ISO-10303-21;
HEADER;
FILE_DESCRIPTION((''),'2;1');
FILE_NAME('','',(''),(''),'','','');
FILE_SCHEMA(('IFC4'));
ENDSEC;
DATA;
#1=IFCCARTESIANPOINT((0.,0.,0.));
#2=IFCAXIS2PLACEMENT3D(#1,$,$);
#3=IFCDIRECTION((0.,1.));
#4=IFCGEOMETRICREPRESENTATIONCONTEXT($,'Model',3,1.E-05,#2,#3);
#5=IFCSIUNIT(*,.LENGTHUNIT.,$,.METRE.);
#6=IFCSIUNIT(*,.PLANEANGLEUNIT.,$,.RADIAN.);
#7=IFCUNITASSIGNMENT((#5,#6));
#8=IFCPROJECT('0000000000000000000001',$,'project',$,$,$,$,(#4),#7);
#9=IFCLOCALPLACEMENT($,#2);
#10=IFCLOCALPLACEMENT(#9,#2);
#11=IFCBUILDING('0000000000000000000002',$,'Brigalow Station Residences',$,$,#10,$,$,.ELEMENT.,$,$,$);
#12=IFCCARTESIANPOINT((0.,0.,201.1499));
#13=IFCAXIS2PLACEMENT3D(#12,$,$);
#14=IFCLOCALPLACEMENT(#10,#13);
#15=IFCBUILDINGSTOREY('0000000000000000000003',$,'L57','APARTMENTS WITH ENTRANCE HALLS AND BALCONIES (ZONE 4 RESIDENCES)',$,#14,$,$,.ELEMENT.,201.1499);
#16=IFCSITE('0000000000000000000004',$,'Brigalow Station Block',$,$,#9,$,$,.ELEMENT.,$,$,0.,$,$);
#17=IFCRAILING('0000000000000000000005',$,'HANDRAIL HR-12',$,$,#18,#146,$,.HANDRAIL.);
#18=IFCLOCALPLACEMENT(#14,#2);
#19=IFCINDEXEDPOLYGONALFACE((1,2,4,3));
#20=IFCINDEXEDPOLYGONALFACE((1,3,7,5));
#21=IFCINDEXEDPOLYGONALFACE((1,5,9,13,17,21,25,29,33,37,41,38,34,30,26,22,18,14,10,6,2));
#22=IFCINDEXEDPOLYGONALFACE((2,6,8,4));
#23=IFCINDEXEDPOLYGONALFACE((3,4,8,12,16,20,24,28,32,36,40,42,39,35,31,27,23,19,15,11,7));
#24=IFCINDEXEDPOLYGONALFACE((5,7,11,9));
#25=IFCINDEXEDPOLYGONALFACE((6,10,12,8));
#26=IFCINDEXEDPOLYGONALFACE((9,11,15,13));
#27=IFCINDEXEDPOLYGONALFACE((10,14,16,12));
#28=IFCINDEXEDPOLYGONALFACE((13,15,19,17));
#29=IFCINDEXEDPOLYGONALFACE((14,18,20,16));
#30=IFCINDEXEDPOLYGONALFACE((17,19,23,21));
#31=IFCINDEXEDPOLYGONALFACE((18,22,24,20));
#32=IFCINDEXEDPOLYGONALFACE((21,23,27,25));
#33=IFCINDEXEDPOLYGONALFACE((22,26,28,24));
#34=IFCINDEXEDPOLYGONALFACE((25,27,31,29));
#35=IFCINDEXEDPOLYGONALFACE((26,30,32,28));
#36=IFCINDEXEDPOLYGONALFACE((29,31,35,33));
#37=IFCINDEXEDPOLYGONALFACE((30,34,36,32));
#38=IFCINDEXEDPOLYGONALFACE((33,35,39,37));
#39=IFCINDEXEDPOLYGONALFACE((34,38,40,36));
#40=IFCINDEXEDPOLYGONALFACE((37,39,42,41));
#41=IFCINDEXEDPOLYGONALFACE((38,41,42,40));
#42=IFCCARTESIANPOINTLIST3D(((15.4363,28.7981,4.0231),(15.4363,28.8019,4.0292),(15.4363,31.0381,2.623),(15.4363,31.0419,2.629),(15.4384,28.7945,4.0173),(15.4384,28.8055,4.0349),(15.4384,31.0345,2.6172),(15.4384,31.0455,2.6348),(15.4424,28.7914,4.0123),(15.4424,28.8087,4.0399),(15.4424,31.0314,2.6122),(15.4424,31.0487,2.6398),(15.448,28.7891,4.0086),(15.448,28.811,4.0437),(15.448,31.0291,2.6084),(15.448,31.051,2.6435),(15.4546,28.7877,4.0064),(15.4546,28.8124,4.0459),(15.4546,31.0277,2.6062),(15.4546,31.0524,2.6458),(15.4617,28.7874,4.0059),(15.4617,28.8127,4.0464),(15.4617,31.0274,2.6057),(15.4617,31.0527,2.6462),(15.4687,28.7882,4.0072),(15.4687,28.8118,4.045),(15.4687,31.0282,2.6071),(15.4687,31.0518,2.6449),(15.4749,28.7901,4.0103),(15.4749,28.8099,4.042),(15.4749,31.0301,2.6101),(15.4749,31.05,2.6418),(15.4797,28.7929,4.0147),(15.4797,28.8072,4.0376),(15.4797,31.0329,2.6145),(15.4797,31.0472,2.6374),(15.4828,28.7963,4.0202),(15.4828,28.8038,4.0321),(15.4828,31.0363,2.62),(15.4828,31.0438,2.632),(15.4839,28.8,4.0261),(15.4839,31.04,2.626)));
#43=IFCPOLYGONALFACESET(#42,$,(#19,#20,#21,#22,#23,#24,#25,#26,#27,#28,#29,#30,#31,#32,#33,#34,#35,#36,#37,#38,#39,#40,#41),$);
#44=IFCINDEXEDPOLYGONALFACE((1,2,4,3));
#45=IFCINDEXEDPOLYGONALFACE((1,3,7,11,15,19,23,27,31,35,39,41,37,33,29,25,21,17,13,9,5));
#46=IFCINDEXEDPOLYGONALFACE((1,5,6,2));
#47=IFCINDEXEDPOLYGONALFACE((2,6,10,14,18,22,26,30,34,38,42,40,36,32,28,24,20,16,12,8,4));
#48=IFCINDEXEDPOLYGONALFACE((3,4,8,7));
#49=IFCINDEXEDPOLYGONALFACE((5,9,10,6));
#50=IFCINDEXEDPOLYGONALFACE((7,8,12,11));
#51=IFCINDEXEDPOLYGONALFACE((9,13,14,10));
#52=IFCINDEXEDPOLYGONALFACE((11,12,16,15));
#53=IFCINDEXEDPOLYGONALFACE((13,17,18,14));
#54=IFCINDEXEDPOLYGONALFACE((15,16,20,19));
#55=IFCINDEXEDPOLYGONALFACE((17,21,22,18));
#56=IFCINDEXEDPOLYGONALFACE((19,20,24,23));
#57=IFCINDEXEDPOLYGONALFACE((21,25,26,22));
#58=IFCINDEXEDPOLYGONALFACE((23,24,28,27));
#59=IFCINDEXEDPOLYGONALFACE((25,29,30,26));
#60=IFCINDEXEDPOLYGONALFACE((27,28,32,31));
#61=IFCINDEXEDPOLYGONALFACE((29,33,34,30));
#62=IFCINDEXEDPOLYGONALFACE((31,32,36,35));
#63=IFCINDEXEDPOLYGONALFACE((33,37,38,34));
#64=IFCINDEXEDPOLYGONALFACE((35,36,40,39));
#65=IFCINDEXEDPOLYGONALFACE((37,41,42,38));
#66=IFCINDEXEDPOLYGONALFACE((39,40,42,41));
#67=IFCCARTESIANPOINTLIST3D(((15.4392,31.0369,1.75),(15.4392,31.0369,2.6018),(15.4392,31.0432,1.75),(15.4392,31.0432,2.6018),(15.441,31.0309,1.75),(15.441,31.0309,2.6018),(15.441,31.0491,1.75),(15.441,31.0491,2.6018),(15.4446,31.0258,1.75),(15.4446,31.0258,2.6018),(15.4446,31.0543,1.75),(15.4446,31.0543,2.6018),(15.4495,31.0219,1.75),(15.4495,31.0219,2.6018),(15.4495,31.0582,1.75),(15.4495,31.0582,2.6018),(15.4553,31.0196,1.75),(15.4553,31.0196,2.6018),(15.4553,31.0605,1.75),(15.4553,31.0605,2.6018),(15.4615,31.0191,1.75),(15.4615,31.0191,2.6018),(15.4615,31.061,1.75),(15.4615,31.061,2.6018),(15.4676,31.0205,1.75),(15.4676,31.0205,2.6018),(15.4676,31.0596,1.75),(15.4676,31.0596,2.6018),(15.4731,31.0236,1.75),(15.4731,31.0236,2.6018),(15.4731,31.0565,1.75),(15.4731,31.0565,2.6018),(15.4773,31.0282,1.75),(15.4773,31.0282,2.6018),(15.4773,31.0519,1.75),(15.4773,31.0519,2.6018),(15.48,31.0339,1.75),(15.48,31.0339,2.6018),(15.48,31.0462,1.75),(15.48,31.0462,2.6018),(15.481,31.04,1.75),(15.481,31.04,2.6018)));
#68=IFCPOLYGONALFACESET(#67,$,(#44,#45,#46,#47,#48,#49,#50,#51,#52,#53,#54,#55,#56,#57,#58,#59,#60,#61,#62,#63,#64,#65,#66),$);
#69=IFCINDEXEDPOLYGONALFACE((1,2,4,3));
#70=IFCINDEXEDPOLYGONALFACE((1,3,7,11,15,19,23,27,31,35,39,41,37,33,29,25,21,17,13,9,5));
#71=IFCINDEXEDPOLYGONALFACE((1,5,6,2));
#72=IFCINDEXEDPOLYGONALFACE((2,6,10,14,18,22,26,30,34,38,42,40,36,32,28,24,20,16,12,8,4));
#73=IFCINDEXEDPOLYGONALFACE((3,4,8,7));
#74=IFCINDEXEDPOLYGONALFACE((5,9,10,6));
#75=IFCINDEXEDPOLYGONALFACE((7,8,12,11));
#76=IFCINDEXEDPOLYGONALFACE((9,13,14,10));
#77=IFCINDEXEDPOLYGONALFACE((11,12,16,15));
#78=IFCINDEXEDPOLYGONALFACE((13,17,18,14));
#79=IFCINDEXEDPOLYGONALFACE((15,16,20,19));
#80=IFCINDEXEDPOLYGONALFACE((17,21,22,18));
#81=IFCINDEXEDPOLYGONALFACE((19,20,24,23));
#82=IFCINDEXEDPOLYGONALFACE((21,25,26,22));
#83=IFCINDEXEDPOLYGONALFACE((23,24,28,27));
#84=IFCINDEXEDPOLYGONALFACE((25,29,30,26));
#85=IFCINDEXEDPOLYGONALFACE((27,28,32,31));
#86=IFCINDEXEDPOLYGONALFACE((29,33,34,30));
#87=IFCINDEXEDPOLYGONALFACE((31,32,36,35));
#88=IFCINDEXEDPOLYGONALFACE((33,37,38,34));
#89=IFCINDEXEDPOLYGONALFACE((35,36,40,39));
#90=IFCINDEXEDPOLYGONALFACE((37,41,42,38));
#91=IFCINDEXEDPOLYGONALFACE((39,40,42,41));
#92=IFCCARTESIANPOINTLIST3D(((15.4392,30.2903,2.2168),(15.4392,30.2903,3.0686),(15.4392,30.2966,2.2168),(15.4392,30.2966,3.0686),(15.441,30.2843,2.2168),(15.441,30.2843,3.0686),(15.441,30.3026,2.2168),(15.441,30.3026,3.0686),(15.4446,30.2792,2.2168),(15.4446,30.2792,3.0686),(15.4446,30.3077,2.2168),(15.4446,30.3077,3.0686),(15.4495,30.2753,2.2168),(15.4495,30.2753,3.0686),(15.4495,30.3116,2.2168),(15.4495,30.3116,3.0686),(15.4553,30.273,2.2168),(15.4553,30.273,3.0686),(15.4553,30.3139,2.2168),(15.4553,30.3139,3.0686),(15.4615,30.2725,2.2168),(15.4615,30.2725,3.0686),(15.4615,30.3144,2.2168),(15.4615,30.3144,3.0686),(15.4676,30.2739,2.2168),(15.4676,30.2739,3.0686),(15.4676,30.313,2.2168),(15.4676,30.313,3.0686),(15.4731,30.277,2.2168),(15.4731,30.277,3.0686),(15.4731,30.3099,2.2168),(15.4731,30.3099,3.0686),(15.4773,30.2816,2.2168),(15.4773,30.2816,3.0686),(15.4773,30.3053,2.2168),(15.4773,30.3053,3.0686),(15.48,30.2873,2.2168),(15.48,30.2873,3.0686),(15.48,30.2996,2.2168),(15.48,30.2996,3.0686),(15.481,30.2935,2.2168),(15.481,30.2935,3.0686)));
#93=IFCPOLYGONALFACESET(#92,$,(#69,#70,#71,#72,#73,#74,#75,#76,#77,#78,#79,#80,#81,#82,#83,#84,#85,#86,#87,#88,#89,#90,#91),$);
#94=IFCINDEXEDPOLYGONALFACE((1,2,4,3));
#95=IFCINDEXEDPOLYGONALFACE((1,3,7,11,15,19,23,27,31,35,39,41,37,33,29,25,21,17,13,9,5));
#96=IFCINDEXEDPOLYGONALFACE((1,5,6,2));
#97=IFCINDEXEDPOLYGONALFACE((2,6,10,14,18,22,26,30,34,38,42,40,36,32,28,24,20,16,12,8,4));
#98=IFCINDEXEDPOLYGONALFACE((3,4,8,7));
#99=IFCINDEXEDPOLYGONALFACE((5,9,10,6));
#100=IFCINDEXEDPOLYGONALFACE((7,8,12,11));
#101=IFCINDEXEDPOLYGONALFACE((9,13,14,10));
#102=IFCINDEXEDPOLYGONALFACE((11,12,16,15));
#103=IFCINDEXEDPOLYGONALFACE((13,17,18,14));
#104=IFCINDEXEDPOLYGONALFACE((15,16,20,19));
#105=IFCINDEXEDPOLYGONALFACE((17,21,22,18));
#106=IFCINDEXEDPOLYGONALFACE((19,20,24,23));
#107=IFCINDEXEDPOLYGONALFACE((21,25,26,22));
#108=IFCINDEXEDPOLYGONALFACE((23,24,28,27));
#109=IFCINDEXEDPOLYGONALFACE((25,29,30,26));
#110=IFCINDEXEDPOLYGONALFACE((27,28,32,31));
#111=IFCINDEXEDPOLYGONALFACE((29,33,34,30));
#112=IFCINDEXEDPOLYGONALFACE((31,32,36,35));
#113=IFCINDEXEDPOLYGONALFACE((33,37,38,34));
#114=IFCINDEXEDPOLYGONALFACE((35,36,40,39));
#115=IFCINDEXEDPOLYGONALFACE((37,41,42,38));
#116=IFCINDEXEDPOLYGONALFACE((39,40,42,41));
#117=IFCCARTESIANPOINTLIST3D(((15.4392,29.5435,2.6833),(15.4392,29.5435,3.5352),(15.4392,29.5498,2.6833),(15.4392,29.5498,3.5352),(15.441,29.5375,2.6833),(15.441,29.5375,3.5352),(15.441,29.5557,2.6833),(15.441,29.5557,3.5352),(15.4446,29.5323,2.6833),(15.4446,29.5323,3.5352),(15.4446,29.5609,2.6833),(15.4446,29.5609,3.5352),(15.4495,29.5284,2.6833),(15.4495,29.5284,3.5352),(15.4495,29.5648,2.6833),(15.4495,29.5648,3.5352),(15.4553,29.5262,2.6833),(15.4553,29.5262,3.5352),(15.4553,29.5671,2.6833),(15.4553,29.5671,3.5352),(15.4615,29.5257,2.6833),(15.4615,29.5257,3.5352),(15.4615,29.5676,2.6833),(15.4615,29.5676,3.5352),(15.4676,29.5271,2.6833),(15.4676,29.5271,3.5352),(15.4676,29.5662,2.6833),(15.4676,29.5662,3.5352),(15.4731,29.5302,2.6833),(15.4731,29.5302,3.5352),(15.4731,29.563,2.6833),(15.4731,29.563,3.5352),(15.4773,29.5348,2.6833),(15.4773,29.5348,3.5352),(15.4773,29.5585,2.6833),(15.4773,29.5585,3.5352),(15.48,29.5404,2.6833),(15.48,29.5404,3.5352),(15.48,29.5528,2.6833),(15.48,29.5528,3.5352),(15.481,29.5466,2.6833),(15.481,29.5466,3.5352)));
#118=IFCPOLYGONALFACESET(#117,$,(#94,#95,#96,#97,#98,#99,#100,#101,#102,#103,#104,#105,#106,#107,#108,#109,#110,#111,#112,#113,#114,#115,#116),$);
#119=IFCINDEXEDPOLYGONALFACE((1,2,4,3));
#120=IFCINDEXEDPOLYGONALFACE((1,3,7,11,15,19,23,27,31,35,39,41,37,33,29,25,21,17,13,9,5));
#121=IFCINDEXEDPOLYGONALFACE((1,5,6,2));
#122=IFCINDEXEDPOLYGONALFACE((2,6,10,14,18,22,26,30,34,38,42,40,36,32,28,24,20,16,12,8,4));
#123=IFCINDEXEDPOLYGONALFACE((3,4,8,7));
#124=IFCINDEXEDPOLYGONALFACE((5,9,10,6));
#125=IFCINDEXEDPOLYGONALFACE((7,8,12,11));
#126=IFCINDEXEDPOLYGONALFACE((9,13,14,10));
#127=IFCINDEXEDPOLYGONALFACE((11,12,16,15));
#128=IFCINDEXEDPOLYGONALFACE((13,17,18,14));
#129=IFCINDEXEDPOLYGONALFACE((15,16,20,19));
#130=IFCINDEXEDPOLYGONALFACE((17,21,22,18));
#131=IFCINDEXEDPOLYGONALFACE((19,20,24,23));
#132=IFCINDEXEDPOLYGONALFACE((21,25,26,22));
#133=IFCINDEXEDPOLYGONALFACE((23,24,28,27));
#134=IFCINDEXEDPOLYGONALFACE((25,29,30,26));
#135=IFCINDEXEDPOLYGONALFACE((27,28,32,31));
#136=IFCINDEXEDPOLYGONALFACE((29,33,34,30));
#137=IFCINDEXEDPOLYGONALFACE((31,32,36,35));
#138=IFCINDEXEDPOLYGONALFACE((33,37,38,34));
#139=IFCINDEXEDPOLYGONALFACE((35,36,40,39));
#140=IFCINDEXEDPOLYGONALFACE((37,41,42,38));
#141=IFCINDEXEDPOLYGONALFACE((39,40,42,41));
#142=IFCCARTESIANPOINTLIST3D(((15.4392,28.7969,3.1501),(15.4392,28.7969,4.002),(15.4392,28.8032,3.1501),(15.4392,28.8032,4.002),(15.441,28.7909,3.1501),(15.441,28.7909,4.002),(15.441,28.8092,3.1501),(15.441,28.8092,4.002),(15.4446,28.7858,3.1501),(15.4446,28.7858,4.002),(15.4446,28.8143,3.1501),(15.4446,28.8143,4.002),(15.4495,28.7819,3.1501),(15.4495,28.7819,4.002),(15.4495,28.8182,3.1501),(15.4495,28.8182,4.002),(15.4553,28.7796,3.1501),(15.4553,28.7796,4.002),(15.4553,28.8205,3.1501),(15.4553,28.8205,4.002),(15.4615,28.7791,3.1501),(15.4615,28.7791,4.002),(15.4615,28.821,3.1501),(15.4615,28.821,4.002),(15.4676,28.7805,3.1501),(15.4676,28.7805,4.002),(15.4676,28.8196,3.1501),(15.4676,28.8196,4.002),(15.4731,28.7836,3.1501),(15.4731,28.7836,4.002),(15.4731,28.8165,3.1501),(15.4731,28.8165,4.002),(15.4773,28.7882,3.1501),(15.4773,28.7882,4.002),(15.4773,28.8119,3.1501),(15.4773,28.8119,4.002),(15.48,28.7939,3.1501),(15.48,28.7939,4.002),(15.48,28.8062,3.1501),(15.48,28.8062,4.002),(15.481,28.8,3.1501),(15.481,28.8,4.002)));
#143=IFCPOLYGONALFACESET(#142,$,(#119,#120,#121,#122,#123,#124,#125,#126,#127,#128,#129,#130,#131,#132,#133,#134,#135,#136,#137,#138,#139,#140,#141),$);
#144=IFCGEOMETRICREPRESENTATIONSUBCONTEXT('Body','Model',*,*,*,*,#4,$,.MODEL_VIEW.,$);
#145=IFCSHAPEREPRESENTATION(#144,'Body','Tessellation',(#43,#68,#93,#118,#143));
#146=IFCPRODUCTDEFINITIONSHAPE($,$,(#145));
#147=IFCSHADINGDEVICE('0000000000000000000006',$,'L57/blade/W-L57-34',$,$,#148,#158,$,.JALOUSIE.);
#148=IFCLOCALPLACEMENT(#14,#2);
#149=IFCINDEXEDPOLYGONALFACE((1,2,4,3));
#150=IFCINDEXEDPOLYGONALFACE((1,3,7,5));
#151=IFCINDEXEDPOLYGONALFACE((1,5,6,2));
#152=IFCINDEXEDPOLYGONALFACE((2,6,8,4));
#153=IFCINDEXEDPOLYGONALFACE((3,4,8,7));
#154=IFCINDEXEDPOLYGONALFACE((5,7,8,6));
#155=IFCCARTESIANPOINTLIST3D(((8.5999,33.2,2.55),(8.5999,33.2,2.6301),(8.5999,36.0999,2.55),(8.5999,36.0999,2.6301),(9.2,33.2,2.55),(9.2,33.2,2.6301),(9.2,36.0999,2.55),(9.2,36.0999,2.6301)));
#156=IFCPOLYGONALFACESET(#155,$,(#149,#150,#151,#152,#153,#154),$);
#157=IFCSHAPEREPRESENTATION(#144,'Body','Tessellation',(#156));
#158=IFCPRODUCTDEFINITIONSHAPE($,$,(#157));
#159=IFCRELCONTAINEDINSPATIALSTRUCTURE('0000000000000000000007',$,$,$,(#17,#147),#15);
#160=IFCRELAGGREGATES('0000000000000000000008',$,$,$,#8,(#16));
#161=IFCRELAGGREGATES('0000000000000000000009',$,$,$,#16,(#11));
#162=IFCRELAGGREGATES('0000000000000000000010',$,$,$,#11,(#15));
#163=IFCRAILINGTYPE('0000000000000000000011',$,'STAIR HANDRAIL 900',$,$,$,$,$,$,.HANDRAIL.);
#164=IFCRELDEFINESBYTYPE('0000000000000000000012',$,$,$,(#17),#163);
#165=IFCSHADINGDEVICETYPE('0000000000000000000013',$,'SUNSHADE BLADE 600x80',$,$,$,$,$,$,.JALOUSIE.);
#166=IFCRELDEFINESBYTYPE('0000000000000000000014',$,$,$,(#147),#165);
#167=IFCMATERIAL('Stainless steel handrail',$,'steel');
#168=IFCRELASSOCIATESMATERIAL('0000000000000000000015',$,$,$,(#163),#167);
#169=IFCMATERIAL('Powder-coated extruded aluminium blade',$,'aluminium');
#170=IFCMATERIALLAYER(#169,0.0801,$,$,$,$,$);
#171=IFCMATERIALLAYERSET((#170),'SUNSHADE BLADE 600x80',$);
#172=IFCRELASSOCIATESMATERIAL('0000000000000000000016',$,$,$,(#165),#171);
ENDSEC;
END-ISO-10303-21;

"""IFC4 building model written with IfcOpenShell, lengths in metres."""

from ifc_helpers import new_model, si_unit, direction, frame, origin, origin_2d, place, context, subcontext, project, spatial, rectangle, circle, extrude, material, layer, layer_set, type_object, element, save


model = new_model("IFC4")

# Units and contexts
model_context = context("Model", 3, precision=1e-05, world=origin(), true_north=direction((0.0, 1.0)))
body_context = subcontext(model_context, "Body", "Model", "MODEL_VIEW")
ifc_project = project(units=[si_unit("LENGTHUNIT", "METRE"), si_unit("PLANEANGLEUNIT", "RADIAN")], contexts=[model_context])

# Site, building, storey
site_placement = place(None, origin())
site = spatial("IfcSite", under=ifc_project, at=site_placement, Name="Brigalow Station Block", CompositionType="ELEMENT", RefElevation=0.0)
building_placement = place(site_placement, origin())
building = spatial("IfcBuilding", under=site, at=building_placement, Name="Brigalow Station Residences", CompositionType="ELEMENT")
storey_placement = place(building_placement, frame((0.0, 0.0, 201.1499)))
storey = spatial("IfcBuildingStorey", under=building, at=storey_placement, Name="L57", Description="APARTMENTS WITH ENTRANCE HALLS AND BALCONIES (ZONE 4 RESIDENCES)", CompositionType="ELEMENT", Elevation=201.1499)

# Railing
ifc_material_1 = material(Name="Stainless steel handrail", Category="steel")
railing_type = type_object("IfcRailingType", Name="STAIR HANDRAIL 900", PredefinedType="HANDRAIL", material=ifc_material_1)
railing_placement = place(storey_placement, frame((15.46, 31.04, 1.75)))
element("IfcRailing", 1, at=railing_placement, inside=storey, type_object=railing_type, Name="HANDRAIL HR-12", PredefinedType="HANDRAIL", context=body_context, shape_type="SweptSolid", body=[
    extrude(circle(Radius=0.0239, at=origin_2d()), frame((0.0, 0.0, 0.876), z_axis=(0.0, -0.847972, 0.53004), x_axis=(1.0, 0.0, 0.0)), (0.0, 0.0, 1.0), 2.6416),
    extrude(circle(Radius=0.021, at=origin_2d()), origin(), (0.0, 0.0, 1.0), 0.8518),
    extrude(circle(Radius=0.021, at=origin_2d()), frame((0.0, -0.7466, 0.4668)), (0.0, 0.0, 1.0), 0.8518),
    extrude(circle(Radius=0.021, at=origin_2d()), frame((0.0, -1.4934, 0.9333)), (0.0, 0.0, 1.0), 0.8518),
    extrude(circle(Radius=0.021, at=origin_2d()), frame((0.0, -2.24, 1.4001)), (0.0, 0.0, 1.0), 0.8518),
])

# Shading device
ifc_material_2 = material(Name="Powder-coated extruded aluminium blade", Category="aluminium")
ifc_layer_1 = layer(ifc_material_2, 0.0801)
ifc_layer_set_1 = layer_set([ifc_layer_1], Name="SUNSHADE BLADE 600x80")
shading_device_type = type_object("IfcShadingDeviceType", Name="SUNSHADE BLADE 600x80", PredefinedType="JALOUSIE", material=ifc_layer_set_1)
shading_device_placement = place(storey_placement, frame((8.8999, 34.6499, 2.55), z_axis=(0.0, 0.0, 1.0), x_axis=(0.0, -1.0, 0.0)))
element("IfcShadingDevice", 2, at=shading_device_placement, inside=storey, type_object=shading_device_type, Name="L57/blade/W-L57-34", PredefinedType="JALOUSIE", context=body_context, shape_type="SweptSolid", body=[
    extrude(rectangle(XDim=2.8999, YDim=0.6001, at=origin_2d()), origin(), (0.0, 0.0, 1.0), 0.0801),
])

save(model, "model.ifc")
